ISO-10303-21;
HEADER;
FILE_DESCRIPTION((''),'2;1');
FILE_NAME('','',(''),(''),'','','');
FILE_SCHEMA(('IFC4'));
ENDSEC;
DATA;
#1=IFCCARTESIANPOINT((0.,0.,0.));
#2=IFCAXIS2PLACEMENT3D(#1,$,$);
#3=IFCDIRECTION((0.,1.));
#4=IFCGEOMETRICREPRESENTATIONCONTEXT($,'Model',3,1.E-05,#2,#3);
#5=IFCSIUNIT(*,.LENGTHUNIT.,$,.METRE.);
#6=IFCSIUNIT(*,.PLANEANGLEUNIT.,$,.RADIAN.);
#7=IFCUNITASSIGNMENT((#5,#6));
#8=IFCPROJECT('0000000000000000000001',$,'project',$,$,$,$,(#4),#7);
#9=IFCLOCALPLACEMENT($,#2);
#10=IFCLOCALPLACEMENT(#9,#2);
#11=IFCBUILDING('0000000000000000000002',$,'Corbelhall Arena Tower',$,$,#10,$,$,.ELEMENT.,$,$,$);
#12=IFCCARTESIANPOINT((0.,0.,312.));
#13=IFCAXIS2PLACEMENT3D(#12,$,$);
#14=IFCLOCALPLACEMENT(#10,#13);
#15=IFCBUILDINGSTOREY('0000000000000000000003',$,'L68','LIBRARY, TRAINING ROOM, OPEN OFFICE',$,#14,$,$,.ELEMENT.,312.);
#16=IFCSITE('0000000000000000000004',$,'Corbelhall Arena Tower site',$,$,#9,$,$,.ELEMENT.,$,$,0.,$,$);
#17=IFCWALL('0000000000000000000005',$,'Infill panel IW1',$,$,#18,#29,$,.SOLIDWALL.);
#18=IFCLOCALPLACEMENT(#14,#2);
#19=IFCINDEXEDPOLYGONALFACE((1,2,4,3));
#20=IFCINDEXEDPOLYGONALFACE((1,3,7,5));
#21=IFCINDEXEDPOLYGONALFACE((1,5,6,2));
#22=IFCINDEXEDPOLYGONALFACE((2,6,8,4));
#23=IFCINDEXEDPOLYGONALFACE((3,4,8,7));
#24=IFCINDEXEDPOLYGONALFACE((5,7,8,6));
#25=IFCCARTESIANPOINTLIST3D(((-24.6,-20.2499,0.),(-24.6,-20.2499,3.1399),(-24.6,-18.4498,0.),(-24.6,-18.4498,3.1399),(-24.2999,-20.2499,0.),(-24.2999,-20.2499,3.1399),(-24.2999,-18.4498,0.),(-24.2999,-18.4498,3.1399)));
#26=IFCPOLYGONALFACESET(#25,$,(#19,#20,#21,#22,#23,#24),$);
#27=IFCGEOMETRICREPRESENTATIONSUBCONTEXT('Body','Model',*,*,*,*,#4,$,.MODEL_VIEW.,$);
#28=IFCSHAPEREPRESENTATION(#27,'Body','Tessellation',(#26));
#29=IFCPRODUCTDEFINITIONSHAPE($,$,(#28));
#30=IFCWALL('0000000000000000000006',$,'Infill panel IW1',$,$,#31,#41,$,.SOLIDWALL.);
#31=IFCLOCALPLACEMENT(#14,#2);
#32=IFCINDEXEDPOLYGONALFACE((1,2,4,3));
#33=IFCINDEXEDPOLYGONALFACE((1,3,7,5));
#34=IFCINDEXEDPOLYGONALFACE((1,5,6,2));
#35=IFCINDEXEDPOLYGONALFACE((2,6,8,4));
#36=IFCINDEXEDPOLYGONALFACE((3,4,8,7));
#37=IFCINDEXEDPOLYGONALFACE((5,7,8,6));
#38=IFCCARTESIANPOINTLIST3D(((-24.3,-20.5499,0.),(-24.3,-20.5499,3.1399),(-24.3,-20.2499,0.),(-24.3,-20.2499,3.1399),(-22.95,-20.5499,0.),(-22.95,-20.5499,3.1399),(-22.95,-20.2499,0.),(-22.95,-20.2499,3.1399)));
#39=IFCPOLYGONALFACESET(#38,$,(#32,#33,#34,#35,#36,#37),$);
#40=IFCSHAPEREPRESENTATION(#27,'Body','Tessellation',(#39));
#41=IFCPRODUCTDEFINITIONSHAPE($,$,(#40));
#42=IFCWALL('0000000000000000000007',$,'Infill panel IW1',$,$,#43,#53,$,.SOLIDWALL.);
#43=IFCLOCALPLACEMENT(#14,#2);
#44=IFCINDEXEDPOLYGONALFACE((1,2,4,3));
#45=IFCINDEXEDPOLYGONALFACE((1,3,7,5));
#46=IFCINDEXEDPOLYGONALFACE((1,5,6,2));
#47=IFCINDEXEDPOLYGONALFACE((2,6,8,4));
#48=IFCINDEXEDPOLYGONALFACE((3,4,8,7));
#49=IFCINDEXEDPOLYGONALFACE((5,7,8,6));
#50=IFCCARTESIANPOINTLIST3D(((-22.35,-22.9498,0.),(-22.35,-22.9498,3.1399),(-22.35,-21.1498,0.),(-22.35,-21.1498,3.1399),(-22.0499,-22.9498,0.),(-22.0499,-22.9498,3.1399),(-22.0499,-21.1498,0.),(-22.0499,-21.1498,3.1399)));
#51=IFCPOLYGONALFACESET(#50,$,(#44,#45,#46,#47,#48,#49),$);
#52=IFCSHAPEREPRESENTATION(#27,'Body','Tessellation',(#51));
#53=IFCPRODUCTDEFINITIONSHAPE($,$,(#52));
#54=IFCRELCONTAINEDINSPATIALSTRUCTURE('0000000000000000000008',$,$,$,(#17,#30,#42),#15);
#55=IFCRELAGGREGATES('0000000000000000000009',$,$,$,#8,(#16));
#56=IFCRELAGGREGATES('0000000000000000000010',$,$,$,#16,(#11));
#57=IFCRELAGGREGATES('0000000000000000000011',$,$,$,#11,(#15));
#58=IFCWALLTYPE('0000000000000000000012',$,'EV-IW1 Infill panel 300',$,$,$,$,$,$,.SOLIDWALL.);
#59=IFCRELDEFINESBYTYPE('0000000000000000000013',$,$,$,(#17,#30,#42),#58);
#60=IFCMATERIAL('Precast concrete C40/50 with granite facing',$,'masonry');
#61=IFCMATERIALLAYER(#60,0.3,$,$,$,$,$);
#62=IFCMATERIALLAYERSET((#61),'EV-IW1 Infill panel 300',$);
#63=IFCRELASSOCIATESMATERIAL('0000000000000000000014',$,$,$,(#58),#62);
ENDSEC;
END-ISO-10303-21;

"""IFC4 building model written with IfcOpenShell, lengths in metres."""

from ifc_helpers import new_model, si_unit, direction, frame, frame_2d, origin, place, context, subcontext, project, spatial, rectangle, extrude, material, layer, layer_set, type_object, element, save


model = new_model("IFC4")

# Units and contexts
model_context = context("Model", 3, precision=1e-05, world=origin(), true_north=direction((0.0, 1.0)))
body_context = subcontext(model_context, "Body", "Model", "MODEL_VIEW")
ifc_project = project(units=[si_unit("LENGTHUNIT", "METRE"), si_unit("PLANEANGLEUNIT", "RADIAN")], contexts=[model_context])

# Site, building, storey
site_placement = place(None, origin())
site = spatial("IfcSite", under=ifc_project, at=site_placement, Name="Corbelhall Arena Tower site", CompositionType="ELEMENT", RefElevation=0.0)
building_placement = place(site_placement, origin())
building = spatial("IfcBuilding", under=site, at=building_placement, Name="Corbelhall Arena Tower", CompositionType="ELEMENT")
storey_placement = place(building_placement, frame((0.0, 0.0, 312.0)))
storey = spatial("IfcBuildingStorey", under=building, at=storey_placement, Name="L68", Description="LIBRARY, TRAINING ROOM, OPEN OFFICE", CompositionType="ELEMENT", Elevation=312.0)

# Walls
ifc_material_1 = material(Name="Precast concrete C40/50 with granite facing", Category="masonry")
ifc_layer_1 = layer(ifc_material_1, 0.3)
ifc_layer_set_1 = layer_set([ifc_layer_1], Name="EV-IW1 Infill panel 300")
wall_type_1 = type_object("IfcWallType", Name="EV-IW1 Infill panel 300", PredefinedType="SOLIDWALL", material=ifc_layer_set_1)
wall_1_placement = place(storey_placement, frame((-24.45, -18.45, 0.0), z_axis=(0.0, 0.0, 1.0), x_axis=(0.0, -1.0, 0.0)))
element("IfcWall", 1, at=wall_1_placement, inside=storey, type_object=wall_type_1, Name="Infill panel IW1", PredefinedType="SOLIDWALL", context=body_context, shape_type="SweptSolid", body=[
    extrude(rectangle(XDim=1.8, YDim=0.3, at=frame_2d((0.8999, 0.0))), origin(), (0.0, 0.0, 1.0), 3.1399),
])
wall_2_placement = place(storey_placement, frame((-24.3, -20.3999, 0.0), z_axis=(0.0, 0.0, 1.0), x_axis=(1.0, 0.0, 0.0)))
element("IfcWall", 2, at=wall_2_placement, inside=storey, type_object=wall_type_1, Name="Infill panel IW1", PredefinedType="SOLIDWALL", context=body_context, shape_type="SweptSolid", body=[
    extrude(rectangle(XDim=1.3501, YDim=0.3, at=frame_2d((0.675, 0.0))), origin(), (0.0, 0.0, 1.0), 3.1399),
])
wall_3_placement = place(storey_placement, frame((-22.2, -21.1499, 0.0), z_axis=(0.0, 0.0, 1.0), x_axis=(0.0, -1.0, 0.0)))
element("IfcWall", 3, at=wall_3_placement, inside=storey, type_object=wall_type_1, Name="Infill panel IW1", PredefinedType="SOLIDWALL", context=body_context, shape_type="SweptSolid", body=[
    extrude(rectangle(XDim=1.8, YDim=0.3, at=frame_2d((0.8999, 0.0))), origin(), (0.0, 0.0, 1.0), 3.1399),
])

save(model, "model.ifc")
